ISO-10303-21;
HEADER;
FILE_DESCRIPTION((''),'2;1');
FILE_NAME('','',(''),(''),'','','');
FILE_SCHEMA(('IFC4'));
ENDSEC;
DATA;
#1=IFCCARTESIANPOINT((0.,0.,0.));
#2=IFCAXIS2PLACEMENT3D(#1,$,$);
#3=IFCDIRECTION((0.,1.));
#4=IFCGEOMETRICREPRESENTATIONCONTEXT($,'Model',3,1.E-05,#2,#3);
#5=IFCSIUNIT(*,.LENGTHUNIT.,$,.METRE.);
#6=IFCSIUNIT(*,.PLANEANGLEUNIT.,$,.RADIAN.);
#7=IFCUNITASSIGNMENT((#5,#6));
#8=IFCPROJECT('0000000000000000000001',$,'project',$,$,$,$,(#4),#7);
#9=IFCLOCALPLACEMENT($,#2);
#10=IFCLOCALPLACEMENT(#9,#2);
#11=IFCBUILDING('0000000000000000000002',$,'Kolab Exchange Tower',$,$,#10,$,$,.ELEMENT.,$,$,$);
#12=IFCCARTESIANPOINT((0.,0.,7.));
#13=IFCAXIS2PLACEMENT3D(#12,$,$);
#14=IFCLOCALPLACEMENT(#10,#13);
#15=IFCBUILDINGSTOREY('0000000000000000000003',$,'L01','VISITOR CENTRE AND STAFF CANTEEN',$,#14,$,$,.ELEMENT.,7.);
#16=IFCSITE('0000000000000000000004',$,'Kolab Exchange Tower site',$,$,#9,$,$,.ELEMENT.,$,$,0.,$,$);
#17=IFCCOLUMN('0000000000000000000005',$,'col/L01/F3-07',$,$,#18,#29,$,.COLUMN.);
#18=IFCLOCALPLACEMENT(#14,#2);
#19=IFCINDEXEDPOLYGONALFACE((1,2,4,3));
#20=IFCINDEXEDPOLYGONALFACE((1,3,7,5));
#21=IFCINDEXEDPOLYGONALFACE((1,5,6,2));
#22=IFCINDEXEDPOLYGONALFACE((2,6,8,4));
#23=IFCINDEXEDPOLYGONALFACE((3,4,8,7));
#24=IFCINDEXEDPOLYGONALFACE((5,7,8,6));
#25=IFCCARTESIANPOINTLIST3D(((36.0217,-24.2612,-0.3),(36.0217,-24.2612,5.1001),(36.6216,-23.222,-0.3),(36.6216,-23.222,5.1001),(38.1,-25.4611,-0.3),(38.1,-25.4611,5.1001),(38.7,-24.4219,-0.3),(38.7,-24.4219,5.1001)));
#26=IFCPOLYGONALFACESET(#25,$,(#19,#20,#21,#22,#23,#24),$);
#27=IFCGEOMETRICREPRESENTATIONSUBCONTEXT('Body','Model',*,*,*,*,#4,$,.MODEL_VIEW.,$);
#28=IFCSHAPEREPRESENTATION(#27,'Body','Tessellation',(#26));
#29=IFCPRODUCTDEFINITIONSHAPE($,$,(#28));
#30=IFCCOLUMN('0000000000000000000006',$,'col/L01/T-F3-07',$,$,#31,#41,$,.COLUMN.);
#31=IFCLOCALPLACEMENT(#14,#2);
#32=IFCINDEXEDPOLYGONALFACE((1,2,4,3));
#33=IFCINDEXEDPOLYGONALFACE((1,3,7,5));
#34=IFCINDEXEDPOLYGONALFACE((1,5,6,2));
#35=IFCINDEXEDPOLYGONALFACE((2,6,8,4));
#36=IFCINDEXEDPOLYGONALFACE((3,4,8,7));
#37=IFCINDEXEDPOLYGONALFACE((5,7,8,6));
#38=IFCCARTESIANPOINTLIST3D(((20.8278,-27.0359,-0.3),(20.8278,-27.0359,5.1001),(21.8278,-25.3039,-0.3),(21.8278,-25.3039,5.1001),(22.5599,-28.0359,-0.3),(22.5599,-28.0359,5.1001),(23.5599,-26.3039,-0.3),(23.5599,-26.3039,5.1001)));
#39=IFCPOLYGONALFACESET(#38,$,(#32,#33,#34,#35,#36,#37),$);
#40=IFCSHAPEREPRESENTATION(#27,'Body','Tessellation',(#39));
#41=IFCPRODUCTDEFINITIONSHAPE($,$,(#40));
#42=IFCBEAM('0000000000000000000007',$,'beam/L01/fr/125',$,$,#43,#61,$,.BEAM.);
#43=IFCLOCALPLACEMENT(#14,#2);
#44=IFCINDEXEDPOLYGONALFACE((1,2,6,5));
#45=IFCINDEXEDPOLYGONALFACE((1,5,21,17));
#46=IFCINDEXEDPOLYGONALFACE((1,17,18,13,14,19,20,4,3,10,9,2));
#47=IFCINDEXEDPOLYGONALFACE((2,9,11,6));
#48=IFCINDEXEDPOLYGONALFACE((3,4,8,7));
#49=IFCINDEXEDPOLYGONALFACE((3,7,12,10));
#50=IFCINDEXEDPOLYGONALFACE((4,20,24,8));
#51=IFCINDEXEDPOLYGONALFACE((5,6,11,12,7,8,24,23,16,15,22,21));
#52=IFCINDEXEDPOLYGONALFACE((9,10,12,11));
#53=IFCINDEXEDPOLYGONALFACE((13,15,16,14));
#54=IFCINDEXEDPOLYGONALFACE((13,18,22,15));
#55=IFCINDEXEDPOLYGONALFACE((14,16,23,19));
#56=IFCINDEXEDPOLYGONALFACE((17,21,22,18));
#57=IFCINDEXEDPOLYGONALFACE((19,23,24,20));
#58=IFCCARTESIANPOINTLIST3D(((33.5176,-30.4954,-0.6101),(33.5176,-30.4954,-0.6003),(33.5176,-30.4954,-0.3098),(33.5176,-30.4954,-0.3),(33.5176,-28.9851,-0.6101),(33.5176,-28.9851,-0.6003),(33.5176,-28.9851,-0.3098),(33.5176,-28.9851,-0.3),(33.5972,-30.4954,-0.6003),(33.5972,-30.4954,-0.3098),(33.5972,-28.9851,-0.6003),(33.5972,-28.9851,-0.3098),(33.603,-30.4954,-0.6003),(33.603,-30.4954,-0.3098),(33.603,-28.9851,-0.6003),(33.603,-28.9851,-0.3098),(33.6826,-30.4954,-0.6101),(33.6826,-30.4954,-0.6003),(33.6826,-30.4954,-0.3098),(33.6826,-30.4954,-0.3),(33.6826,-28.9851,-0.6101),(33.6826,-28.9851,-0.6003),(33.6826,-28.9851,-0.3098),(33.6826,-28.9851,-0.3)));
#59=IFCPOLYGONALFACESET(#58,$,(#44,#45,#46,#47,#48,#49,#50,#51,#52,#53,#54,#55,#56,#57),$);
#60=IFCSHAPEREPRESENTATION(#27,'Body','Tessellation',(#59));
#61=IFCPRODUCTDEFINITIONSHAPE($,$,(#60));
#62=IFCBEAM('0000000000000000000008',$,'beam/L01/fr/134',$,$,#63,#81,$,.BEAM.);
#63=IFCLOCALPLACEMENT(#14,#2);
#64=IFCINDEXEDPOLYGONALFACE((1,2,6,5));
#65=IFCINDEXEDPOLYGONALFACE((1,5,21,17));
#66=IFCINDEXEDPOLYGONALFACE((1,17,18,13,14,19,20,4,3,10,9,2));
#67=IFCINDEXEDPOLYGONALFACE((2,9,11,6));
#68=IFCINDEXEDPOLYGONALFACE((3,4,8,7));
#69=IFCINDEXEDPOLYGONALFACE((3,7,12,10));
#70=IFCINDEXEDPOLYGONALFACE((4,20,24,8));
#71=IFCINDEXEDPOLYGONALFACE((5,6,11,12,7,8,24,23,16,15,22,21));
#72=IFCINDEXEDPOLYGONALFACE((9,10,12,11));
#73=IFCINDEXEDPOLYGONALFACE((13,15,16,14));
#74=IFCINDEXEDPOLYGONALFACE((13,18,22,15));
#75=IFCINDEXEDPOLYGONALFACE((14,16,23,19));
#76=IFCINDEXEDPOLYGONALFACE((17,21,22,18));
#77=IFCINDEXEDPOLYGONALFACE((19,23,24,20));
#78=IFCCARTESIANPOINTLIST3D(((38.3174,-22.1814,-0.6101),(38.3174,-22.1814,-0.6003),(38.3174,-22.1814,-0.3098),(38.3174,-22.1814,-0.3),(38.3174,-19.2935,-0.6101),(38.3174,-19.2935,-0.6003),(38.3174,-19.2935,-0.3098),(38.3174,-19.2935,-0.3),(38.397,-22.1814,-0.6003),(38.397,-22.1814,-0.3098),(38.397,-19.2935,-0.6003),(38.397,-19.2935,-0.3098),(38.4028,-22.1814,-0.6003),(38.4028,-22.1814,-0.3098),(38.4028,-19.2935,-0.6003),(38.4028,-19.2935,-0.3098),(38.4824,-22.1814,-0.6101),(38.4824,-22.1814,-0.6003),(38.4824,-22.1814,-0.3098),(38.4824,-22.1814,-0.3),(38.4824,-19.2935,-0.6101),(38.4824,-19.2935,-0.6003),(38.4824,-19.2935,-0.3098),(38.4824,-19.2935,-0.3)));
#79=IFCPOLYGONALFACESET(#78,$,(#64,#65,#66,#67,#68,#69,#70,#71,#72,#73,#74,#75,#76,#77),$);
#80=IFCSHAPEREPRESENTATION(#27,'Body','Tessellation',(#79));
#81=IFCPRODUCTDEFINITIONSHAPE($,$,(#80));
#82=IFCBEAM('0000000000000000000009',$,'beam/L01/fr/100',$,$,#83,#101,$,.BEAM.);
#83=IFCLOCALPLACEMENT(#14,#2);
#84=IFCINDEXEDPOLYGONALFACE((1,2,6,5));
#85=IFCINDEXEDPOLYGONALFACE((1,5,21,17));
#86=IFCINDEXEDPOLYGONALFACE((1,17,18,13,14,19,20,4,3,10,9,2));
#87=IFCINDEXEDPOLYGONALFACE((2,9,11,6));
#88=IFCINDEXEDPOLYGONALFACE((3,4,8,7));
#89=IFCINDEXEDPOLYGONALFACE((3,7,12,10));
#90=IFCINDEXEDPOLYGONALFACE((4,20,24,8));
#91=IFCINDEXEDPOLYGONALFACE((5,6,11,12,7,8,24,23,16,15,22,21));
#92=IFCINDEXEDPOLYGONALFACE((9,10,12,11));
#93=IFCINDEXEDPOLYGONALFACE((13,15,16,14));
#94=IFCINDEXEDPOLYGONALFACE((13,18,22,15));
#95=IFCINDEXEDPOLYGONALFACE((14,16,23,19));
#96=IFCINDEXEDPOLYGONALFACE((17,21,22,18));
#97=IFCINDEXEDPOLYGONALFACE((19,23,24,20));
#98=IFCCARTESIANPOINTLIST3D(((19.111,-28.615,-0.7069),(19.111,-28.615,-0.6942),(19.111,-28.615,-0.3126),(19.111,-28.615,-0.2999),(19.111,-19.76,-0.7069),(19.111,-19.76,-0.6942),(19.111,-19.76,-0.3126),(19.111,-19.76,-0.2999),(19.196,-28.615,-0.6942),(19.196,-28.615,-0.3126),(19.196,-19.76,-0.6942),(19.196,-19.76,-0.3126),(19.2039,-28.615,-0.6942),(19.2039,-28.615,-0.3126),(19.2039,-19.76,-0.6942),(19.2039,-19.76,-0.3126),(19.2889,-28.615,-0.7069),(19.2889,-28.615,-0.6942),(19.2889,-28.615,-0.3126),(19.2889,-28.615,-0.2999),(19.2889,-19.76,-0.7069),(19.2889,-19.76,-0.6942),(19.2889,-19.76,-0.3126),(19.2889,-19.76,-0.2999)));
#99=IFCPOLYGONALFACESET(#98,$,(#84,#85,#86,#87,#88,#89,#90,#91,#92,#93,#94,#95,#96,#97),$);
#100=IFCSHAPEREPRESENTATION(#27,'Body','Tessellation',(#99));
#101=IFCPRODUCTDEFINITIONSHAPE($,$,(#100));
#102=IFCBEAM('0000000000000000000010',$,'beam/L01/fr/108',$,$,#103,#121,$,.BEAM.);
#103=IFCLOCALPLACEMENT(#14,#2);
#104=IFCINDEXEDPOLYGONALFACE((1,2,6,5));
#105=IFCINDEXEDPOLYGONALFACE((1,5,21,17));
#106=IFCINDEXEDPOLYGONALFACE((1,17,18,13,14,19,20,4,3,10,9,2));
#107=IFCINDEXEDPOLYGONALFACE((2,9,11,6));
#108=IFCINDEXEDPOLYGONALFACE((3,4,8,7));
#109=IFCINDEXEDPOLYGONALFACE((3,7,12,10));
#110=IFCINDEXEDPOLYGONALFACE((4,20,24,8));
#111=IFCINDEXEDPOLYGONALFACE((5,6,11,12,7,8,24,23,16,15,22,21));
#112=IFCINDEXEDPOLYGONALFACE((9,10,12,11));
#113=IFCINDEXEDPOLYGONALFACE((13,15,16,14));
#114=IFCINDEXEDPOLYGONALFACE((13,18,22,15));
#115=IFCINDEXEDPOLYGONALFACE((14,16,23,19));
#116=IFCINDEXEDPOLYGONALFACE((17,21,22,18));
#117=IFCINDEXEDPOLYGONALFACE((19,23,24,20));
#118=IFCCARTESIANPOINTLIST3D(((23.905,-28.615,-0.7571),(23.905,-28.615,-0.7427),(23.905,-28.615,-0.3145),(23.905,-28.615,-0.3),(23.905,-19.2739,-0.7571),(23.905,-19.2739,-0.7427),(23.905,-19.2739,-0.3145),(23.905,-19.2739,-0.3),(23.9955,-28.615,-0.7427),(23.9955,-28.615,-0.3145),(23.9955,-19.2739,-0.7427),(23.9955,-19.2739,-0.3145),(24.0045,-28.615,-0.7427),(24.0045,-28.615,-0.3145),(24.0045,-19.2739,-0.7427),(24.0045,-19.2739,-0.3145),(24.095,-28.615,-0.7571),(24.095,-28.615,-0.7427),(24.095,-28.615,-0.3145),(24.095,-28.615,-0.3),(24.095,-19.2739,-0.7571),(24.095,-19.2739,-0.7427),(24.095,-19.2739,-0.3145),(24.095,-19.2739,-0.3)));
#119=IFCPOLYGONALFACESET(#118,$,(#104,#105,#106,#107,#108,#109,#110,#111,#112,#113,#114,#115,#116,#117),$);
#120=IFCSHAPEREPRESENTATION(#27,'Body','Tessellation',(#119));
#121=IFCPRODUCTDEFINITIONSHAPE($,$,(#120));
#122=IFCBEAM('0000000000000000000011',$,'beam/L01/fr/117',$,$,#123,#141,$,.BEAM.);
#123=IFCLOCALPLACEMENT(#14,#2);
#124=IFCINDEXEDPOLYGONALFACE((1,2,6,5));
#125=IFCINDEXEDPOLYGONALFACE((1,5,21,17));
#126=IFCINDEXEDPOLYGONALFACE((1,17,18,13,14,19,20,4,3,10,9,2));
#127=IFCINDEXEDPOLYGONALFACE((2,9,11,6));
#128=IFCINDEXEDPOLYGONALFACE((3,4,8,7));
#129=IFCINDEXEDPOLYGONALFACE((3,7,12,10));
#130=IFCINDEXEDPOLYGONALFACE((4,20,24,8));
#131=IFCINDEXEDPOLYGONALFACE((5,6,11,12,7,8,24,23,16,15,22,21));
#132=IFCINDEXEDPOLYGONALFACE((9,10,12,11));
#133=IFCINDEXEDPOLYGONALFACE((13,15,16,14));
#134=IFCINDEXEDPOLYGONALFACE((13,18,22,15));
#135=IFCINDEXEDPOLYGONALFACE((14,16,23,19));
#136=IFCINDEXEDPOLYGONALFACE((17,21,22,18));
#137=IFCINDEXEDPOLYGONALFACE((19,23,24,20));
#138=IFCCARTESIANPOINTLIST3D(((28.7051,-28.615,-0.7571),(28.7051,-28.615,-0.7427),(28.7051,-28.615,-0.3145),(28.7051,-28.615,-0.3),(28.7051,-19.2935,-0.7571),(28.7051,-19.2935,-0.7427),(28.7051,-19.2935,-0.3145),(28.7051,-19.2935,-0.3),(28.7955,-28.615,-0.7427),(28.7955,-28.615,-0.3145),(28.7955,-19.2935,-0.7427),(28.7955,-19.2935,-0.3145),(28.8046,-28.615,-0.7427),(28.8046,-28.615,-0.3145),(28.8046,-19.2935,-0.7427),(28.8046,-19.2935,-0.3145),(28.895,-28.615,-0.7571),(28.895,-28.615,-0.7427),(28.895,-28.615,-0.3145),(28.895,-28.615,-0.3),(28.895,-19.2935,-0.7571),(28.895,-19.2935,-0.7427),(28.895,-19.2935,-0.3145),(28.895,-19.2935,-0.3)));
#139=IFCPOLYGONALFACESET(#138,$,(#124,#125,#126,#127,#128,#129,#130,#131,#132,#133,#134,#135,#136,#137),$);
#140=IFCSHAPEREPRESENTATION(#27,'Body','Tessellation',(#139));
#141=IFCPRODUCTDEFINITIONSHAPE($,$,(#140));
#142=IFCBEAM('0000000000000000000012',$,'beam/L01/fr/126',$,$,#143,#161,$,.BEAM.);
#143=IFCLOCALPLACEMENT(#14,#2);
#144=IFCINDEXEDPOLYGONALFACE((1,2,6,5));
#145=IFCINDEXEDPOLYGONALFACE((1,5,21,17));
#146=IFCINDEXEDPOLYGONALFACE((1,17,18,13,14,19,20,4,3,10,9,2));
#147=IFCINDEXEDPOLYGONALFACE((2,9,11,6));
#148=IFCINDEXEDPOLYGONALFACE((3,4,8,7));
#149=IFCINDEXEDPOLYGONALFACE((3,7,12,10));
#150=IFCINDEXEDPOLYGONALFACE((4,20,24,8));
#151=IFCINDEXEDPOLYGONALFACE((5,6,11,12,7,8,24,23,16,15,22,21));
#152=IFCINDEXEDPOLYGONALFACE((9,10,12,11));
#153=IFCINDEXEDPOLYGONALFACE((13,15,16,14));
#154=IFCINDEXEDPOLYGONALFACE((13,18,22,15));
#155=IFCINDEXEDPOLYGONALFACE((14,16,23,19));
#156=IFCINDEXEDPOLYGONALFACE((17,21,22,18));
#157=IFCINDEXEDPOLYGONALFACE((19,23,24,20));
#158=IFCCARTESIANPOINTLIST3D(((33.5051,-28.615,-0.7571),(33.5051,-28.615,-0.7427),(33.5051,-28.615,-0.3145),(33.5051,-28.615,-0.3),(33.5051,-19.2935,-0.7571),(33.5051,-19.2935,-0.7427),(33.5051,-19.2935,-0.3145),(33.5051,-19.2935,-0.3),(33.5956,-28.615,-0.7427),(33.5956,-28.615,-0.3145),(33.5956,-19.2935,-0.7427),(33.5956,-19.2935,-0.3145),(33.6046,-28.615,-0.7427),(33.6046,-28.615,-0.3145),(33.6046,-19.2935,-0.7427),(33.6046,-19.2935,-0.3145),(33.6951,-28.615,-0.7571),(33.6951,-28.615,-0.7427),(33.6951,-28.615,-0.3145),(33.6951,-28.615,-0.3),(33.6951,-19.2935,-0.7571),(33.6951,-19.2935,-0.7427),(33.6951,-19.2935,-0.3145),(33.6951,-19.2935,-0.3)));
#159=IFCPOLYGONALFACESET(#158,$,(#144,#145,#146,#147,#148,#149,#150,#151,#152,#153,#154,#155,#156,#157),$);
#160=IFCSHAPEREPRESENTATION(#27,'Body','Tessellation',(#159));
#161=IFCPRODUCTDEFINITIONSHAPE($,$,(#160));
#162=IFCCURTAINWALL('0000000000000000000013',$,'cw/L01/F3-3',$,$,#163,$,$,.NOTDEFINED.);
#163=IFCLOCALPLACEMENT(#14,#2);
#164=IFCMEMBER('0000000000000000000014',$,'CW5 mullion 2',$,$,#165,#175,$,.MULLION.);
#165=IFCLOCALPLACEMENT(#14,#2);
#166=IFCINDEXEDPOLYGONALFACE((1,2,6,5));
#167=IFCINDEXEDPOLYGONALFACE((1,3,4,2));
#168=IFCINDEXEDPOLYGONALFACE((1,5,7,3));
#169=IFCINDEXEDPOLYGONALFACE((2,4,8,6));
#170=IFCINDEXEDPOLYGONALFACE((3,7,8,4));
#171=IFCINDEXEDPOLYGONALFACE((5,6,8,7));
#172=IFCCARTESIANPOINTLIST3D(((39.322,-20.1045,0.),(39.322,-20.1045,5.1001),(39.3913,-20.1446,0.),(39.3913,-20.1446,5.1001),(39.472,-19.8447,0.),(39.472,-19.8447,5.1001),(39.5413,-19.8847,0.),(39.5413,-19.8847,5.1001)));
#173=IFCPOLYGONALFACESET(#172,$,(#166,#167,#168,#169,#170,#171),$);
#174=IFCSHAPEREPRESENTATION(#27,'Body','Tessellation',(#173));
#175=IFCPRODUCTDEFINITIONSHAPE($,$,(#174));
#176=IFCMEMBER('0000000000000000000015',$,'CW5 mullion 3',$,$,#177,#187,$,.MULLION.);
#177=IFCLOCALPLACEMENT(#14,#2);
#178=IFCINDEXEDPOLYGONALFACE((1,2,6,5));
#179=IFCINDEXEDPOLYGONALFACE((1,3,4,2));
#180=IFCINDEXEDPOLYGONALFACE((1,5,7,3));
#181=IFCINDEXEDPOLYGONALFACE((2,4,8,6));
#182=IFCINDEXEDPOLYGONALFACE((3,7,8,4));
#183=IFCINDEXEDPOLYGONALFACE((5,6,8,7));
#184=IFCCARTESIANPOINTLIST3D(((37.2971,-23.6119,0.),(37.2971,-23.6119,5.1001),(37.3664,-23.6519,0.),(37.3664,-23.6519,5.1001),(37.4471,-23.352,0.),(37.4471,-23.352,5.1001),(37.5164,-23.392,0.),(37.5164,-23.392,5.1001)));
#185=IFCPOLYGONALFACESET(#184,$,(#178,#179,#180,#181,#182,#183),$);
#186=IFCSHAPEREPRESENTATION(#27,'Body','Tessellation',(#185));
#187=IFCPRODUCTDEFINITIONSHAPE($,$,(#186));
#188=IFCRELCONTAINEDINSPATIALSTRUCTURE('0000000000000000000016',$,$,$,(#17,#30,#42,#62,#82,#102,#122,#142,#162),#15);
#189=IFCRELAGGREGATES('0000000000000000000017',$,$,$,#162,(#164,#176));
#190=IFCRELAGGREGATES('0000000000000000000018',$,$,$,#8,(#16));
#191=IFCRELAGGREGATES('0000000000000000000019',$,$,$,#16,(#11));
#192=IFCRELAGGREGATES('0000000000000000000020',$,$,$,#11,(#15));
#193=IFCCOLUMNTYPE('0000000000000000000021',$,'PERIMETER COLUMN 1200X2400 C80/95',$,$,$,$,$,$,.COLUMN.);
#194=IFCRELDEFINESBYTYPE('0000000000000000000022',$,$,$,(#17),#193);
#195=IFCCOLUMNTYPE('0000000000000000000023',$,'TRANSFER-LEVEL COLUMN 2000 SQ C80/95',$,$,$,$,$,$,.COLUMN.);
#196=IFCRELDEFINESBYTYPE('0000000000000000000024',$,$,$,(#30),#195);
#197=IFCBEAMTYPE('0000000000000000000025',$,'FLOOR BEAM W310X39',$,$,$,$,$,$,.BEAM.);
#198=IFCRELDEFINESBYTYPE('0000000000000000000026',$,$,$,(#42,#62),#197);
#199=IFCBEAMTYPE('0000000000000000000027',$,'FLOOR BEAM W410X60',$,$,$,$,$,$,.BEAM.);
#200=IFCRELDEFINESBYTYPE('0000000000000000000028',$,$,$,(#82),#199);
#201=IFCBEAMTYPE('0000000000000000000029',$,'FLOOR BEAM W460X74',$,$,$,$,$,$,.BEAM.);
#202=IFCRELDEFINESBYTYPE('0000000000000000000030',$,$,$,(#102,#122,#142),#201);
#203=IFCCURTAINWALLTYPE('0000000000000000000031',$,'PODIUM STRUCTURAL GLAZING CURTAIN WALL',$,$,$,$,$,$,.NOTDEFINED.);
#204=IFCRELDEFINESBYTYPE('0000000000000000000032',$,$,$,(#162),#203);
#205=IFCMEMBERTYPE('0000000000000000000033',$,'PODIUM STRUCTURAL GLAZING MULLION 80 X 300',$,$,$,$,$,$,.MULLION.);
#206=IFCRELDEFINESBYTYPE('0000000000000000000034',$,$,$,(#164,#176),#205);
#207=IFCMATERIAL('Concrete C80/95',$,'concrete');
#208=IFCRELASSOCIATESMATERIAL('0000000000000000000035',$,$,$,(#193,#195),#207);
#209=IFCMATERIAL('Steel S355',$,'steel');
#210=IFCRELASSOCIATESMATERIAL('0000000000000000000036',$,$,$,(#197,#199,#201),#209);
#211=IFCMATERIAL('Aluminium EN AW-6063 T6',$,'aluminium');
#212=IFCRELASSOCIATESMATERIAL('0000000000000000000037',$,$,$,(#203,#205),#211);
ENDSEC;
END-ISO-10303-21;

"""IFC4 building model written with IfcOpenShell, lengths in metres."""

from ifc_helpers import new_model, si_unit, direction, frame, origin, origin_2d, place, context, subcontext, project, spatial, rectangle, i_section, extrude, material, material_profile, profile_set, type_object, element, aggregate, save


model = new_model("IFC4")

# Units and contexts
model_context = context("Model", 3, precision=1e-05, world=origin(), true_north=direction((0.0, 1.0)))
body_context = subcontext(model_context, "Body", "Model", "MODEL_VIEW")
ifc_project = project(units=[si_unit("LENGTHUNIT", "METRE"), si_unit("PLANEANGLEUNIT", "RADIAN")], contexts=[model_context])

# Site, building, storey
site_placement = place(None, origin())
site = spatial("IfcSite", under=ifc_project, at=site_placement, Name="Kolab Exchange Tower site", CompositionType="ELEMENT", RefElevation=0.0)
building_placement = place(site_placement, origin())
building = spatial("IfcBuilding", under=site, at=building_placement, Name="Kolab Exchange Tower", CompositionType="ELEMENT")
storey_placement = place(building_placement, frame((0.0, 0.0, 7.0)))
storey = spatial("IfcBuildingStorey", under=building, at=storey_placement, Name="L01", Description="VISITOR CENTRE AND STAFF CANTEEN", CompositionType="ELEMENT", Elevation=7.0)

# Columns
ifc_material_1 = material(Name="Concrete C80/95", Category="concrete")
ifc_material_profile_1 = material_profile(ifc_material_1, rectangle(XDim=1.2, YDim=2.3999, at=origin_2d()), Name="RC1200X2400")
ifc_profile_set_1 = profile_set([ifc_material_profile_1], Name="Concrete C80/95")
column_type_1 = type_object("IfcColumnType", Name="PERIMETER COLUMN 1200X2400 C80/95", PredefinedType="COLUMN", material=ifc_profile_set_1)
column_1_placement = place(storey_placement, frame((37.3608, -24.3416, -0.3), z_axis=(0.0, 0.0, 1.0), x_axis=(0.5, 0.866025, 0.0)))
element("IfcColumn", 1, at=column_1_placement, inside=storey, type_object=column_type_1, Name="col/L01/F3-07", PredefinedType="COLUMN", context=body_context, shape_type="SweptSolid", body=[
    extrude(rectangle(XDim=1.2, YDim=2.3999, at=origin_2d()), origin(), (0.0, 0.0, 1.0), 5.4001),
])
ifc_material_profile_2 = material_profile(ifc_material_1, rectangle(XDim=2.0, YDim=2.0, at=origin_2d()), Name="RC2000")
ifc_profile_set_2 = profile_set([ifc_material_profile_2], Name="Concrete C80/95")
column_type_2 = type_object("IfcColumnType", Name="TRANSFER-LEVEL COLUMN 2000 SQ C80/95", PredefinedType="COLUMN", material=ifc_profile_set_2)
column_2_placement = place(storey_placement, frame((22.1938, -26.6699, -0.3), z_axis=(0.0, 0.0, 1.0), x_axis=(0.5, 0.866025, 0.0)))
element("IfcColumn", 2, at=column_2_placement, inside=storey, type_object=column_type_2, Name="col/L01/T-F3-07", PredefinedType="COLUMN", context=body_context, shape_type="SweptSolid", body=[
    extrude(rectangle(XDim=2.0, YDim=2.0, at=origin_2d()), origin(), (0.0, 0.0, 1.0), 5.4001),
])

# Beams
ifc_material_2 = material(Name="Steel S355", Category="steel")
ifc_material_profile_3 = material_profile(ifc_material_2, i_section(OverallWidth=0.165, OverallDepth=0.3101, WebThickness=0.0059, FlangeThickness=0.0098, at=origin_2d()), Name="W310X39")
ifc_profile_set_3 = profile_set([ifc_material_profile_3], Name="Steel S355")
beam_type_1 = type_object("IfcBeamType", Name="FLOOR BEAM W310X39", PredefinedType="BEAM", material=ifc_profile_set_3)
beam_1_placement = place(storey_placement, frame((33.6001, -30.4954, -0.4551), z_axis=(0.0, 1.0, 0.0), x_axis=(-1.0, 0.0, 0.0)))
element("IfcBeam", 3, at=beam_1_placement, inside=storey, type_object=beam_type_1, Name="beam/L01/fr/125", PredefinedType="BEAM", context=body_context, shape_type="SweptSolid", body=[
    extrude(i_section(OverallWidth=0.165, OverallDepth=0.3101, WebThickness=0.0059, FlangeThickness=0.0098, at=origin_2d()), origin(), (0.0, 0.0, 1.0), 1.5103),
])
beam_2_placement = place(storey_placement, frame((38.3999, -22.1814, -0.4551), z_axis=(0.0, 1.0, 0.0), x_axis=(-1.0, 0.0, 0.0)))
element("IfcBeam", 4, at=beam_2_placement, inside=storey, type_object=beam_type_1, Name="beam/L01/fr/134", PredefinedType="BEAM", context=body_context, shape_type="SweptSolid", body=[
    extrude(i_section(OverallWidth=0.165, OverallDepth=0.3101, WebThickness=0.0059, FlangeThickness=0.0098, at=origin_2d()), origin(), (0.0, 0.0, 1.0), 2.8879),
])
ifc_material_profile_4 = material_profile(ifc_material_2, i_section(OverallWidth=0.178, OverallDepth=0.407, WebThickness=0.0078, FlangeThickness=0.0127, at=origin_2d()), Name="W410X60")
ifc_profile_set_4 = profile_set([ifc_material_profile_4], Name="Steel S355")
beam_type_2 = type_object("IfcBeamType", Name="FLOOR BEAM W410X60", PredefinedType="BEAM", material=ifc_profile_set_4)
beam_3_placement = place(storey_placement, frame((19.2, -28.615, -0.5034), z_axis=(0.0, 1.0, 0.0), x_axis=(-1.0, 0.0, 0.0)))
element("IfcBeam", 5, at=beam_3_placement, inside=storey, type_object=beam_type_2, Name="beam/L01/fr/100", PredefinedType="BEAM", context=body_context, shape_type="SweptSolid", body=[
    extrude(i_section(OverallWidth=0.178, OverallDepth=0.407, WebThickness=0.0078, FlangeThickness=0.0127, at=origin_2d()), origin(), (0.0, 0.0, 1.0), 8.855),
])
ifc_material_profile_5 = material_profile(ifc_material_2, i_section(OverallWidth=0.1899, OverallDepth=0.457, WebThickness=0.009, FlangeThickness=0.0144, at=origin_2d()), Name="W460X74")
ifc_profile_set_5 = profile_set([ifc_material_profile_5], Name="Steel S355")
beam_type_3 = type_object("IfcBeamType", Name="FLOOR BEAM W460X74", PredefinedType="BEAM", material=ifc_profile_set_5)
beam_4_placement = place(storey_placement, frame((24.0, -28.615, -0.5286), z_axis=(0.0, 1.0, 0.0), x_axis=(-1.0, 0.0, 0.0)))
element("IfcBeam", 6, at=beam_4_placement, inside=storey, type_object=beam_type_3, Name="beam/L01/fr/108", PredefinedType="BEAM", context=body_context, shape_type="SweptSolid", body=[
    extrude(i_section(OverallWidth=0.1899, OverallDepth=0.457, WebThickness=0.009, FlangeThickness=0.0144, at=origin_2d()), origin(), (0.0, 0.0, 1.0), 9.3411),
])
for number, where, z_axis, x_axis, name in (
    (7, (28.8, -28.615, -0.5286), (0.0, 1.0, 0.0), (-1.0, 0.0, 0.0), "beam/L01/fr/117"),
    (8, (33.6001, -28.615, -0.5286), (0.0, 1.0, 0.0), (-1.0, 0.0, 0.0), "beam/L01/fr/126"),
):
    element("IfcBeam", number, at=place(storey_placement, frame(where, z_axis=z_axis, x_axis=x_axis)), inside=storey, type_object=beam_type_3, Name=name, PredefinedType="BEAM", context=body_context, shape_type="SweptSolid", body=[
        extrude(i_section(OverallWidth=0.1899, OverallDepth=0.457, WebThickness=0.009, FlangeThickness=0.0144, at=origin_2d()), origin(), (0.0, 0.0, 1.0), 9.3215),
    ])

# Curtain wall, members
ifc_material_3 = material(Name="Aluminium EN AW-6063 T6", Category="aluminium")
curtain_wall_type = type_object("IfcCurtainWallType", Name="PODIUM STRUCTURAL GLAZING CURTAIN WALL", PredefinedType="NOTDEFINED", material=ifc_material_3)
curtain_wall_1_placement = place(storey_placement, origin())
curtain_wall_1 = element("IfcCurtainWall", 9, at=curtain_wall_1_placement, inside=storey, type_object=curtain_wall_type, Name="cw/L01/F3-3", PredefinedType="NOTDEFINED")
ifc_material_profile_6 = material_profile(ifc_material_3, rectangle(XDim=0.0801, YDim=0.3, at=origin_2d()), Name="RECT 80X300")
ifc_profile_set_6 = profile_set([ifc_material_profile_6], Name="Aluminium EN AW-6063 T6")
member_type_1 = type_object("IfcMemberType", Name="PODIUM STRUCTURAL GLAZING MULLION 80 X 300", PredefinedType="MULLION", material=ifc_profile_set_6)
member_1_placement = place(storey_placement, frame((39.4316, -19.9946, 0.0), z_axis=(0.0, 0.0, 1.0), x_axis=(0.866025, -0.5, 0.0)))
member_1 = element("IfcMember", 10, at=member_1_placement, type_object=member_type_1, Name="CW5 mullion 2", PredefinedType="MULLION", context=body_context, shape_type="SweptSolid", body=[
    extrude(rectangle(XDim=0.0801, YDim=0.3, at=origin_2d()), origin(), (0.0, 0.0, 1.0), 5.1001),
])
member_2_placement = place(storey_placement, frame((37.4067, -23.502, 0.0), z_axis=(0.0, 0.0, 1.0), x_axis=(0.866025, -0.5, 0.0)))
member_2 = element("IfcMember", 11, at=member_2_placement, type_object=member_type_1, Name="CW5 mullion 3", PredefinedType="MULLION", context=body_context, shape_type="SweptSolid", body=[
    extrude(rectangle(XDim=0.0801, YDim=0.3, at=origin_2d()), origin(), (0.0, 0.0, 1.0), 5.1001),
])

aggregate(curtain_wall_1, [member_1, member_2])

save(model, "model.ifc")
